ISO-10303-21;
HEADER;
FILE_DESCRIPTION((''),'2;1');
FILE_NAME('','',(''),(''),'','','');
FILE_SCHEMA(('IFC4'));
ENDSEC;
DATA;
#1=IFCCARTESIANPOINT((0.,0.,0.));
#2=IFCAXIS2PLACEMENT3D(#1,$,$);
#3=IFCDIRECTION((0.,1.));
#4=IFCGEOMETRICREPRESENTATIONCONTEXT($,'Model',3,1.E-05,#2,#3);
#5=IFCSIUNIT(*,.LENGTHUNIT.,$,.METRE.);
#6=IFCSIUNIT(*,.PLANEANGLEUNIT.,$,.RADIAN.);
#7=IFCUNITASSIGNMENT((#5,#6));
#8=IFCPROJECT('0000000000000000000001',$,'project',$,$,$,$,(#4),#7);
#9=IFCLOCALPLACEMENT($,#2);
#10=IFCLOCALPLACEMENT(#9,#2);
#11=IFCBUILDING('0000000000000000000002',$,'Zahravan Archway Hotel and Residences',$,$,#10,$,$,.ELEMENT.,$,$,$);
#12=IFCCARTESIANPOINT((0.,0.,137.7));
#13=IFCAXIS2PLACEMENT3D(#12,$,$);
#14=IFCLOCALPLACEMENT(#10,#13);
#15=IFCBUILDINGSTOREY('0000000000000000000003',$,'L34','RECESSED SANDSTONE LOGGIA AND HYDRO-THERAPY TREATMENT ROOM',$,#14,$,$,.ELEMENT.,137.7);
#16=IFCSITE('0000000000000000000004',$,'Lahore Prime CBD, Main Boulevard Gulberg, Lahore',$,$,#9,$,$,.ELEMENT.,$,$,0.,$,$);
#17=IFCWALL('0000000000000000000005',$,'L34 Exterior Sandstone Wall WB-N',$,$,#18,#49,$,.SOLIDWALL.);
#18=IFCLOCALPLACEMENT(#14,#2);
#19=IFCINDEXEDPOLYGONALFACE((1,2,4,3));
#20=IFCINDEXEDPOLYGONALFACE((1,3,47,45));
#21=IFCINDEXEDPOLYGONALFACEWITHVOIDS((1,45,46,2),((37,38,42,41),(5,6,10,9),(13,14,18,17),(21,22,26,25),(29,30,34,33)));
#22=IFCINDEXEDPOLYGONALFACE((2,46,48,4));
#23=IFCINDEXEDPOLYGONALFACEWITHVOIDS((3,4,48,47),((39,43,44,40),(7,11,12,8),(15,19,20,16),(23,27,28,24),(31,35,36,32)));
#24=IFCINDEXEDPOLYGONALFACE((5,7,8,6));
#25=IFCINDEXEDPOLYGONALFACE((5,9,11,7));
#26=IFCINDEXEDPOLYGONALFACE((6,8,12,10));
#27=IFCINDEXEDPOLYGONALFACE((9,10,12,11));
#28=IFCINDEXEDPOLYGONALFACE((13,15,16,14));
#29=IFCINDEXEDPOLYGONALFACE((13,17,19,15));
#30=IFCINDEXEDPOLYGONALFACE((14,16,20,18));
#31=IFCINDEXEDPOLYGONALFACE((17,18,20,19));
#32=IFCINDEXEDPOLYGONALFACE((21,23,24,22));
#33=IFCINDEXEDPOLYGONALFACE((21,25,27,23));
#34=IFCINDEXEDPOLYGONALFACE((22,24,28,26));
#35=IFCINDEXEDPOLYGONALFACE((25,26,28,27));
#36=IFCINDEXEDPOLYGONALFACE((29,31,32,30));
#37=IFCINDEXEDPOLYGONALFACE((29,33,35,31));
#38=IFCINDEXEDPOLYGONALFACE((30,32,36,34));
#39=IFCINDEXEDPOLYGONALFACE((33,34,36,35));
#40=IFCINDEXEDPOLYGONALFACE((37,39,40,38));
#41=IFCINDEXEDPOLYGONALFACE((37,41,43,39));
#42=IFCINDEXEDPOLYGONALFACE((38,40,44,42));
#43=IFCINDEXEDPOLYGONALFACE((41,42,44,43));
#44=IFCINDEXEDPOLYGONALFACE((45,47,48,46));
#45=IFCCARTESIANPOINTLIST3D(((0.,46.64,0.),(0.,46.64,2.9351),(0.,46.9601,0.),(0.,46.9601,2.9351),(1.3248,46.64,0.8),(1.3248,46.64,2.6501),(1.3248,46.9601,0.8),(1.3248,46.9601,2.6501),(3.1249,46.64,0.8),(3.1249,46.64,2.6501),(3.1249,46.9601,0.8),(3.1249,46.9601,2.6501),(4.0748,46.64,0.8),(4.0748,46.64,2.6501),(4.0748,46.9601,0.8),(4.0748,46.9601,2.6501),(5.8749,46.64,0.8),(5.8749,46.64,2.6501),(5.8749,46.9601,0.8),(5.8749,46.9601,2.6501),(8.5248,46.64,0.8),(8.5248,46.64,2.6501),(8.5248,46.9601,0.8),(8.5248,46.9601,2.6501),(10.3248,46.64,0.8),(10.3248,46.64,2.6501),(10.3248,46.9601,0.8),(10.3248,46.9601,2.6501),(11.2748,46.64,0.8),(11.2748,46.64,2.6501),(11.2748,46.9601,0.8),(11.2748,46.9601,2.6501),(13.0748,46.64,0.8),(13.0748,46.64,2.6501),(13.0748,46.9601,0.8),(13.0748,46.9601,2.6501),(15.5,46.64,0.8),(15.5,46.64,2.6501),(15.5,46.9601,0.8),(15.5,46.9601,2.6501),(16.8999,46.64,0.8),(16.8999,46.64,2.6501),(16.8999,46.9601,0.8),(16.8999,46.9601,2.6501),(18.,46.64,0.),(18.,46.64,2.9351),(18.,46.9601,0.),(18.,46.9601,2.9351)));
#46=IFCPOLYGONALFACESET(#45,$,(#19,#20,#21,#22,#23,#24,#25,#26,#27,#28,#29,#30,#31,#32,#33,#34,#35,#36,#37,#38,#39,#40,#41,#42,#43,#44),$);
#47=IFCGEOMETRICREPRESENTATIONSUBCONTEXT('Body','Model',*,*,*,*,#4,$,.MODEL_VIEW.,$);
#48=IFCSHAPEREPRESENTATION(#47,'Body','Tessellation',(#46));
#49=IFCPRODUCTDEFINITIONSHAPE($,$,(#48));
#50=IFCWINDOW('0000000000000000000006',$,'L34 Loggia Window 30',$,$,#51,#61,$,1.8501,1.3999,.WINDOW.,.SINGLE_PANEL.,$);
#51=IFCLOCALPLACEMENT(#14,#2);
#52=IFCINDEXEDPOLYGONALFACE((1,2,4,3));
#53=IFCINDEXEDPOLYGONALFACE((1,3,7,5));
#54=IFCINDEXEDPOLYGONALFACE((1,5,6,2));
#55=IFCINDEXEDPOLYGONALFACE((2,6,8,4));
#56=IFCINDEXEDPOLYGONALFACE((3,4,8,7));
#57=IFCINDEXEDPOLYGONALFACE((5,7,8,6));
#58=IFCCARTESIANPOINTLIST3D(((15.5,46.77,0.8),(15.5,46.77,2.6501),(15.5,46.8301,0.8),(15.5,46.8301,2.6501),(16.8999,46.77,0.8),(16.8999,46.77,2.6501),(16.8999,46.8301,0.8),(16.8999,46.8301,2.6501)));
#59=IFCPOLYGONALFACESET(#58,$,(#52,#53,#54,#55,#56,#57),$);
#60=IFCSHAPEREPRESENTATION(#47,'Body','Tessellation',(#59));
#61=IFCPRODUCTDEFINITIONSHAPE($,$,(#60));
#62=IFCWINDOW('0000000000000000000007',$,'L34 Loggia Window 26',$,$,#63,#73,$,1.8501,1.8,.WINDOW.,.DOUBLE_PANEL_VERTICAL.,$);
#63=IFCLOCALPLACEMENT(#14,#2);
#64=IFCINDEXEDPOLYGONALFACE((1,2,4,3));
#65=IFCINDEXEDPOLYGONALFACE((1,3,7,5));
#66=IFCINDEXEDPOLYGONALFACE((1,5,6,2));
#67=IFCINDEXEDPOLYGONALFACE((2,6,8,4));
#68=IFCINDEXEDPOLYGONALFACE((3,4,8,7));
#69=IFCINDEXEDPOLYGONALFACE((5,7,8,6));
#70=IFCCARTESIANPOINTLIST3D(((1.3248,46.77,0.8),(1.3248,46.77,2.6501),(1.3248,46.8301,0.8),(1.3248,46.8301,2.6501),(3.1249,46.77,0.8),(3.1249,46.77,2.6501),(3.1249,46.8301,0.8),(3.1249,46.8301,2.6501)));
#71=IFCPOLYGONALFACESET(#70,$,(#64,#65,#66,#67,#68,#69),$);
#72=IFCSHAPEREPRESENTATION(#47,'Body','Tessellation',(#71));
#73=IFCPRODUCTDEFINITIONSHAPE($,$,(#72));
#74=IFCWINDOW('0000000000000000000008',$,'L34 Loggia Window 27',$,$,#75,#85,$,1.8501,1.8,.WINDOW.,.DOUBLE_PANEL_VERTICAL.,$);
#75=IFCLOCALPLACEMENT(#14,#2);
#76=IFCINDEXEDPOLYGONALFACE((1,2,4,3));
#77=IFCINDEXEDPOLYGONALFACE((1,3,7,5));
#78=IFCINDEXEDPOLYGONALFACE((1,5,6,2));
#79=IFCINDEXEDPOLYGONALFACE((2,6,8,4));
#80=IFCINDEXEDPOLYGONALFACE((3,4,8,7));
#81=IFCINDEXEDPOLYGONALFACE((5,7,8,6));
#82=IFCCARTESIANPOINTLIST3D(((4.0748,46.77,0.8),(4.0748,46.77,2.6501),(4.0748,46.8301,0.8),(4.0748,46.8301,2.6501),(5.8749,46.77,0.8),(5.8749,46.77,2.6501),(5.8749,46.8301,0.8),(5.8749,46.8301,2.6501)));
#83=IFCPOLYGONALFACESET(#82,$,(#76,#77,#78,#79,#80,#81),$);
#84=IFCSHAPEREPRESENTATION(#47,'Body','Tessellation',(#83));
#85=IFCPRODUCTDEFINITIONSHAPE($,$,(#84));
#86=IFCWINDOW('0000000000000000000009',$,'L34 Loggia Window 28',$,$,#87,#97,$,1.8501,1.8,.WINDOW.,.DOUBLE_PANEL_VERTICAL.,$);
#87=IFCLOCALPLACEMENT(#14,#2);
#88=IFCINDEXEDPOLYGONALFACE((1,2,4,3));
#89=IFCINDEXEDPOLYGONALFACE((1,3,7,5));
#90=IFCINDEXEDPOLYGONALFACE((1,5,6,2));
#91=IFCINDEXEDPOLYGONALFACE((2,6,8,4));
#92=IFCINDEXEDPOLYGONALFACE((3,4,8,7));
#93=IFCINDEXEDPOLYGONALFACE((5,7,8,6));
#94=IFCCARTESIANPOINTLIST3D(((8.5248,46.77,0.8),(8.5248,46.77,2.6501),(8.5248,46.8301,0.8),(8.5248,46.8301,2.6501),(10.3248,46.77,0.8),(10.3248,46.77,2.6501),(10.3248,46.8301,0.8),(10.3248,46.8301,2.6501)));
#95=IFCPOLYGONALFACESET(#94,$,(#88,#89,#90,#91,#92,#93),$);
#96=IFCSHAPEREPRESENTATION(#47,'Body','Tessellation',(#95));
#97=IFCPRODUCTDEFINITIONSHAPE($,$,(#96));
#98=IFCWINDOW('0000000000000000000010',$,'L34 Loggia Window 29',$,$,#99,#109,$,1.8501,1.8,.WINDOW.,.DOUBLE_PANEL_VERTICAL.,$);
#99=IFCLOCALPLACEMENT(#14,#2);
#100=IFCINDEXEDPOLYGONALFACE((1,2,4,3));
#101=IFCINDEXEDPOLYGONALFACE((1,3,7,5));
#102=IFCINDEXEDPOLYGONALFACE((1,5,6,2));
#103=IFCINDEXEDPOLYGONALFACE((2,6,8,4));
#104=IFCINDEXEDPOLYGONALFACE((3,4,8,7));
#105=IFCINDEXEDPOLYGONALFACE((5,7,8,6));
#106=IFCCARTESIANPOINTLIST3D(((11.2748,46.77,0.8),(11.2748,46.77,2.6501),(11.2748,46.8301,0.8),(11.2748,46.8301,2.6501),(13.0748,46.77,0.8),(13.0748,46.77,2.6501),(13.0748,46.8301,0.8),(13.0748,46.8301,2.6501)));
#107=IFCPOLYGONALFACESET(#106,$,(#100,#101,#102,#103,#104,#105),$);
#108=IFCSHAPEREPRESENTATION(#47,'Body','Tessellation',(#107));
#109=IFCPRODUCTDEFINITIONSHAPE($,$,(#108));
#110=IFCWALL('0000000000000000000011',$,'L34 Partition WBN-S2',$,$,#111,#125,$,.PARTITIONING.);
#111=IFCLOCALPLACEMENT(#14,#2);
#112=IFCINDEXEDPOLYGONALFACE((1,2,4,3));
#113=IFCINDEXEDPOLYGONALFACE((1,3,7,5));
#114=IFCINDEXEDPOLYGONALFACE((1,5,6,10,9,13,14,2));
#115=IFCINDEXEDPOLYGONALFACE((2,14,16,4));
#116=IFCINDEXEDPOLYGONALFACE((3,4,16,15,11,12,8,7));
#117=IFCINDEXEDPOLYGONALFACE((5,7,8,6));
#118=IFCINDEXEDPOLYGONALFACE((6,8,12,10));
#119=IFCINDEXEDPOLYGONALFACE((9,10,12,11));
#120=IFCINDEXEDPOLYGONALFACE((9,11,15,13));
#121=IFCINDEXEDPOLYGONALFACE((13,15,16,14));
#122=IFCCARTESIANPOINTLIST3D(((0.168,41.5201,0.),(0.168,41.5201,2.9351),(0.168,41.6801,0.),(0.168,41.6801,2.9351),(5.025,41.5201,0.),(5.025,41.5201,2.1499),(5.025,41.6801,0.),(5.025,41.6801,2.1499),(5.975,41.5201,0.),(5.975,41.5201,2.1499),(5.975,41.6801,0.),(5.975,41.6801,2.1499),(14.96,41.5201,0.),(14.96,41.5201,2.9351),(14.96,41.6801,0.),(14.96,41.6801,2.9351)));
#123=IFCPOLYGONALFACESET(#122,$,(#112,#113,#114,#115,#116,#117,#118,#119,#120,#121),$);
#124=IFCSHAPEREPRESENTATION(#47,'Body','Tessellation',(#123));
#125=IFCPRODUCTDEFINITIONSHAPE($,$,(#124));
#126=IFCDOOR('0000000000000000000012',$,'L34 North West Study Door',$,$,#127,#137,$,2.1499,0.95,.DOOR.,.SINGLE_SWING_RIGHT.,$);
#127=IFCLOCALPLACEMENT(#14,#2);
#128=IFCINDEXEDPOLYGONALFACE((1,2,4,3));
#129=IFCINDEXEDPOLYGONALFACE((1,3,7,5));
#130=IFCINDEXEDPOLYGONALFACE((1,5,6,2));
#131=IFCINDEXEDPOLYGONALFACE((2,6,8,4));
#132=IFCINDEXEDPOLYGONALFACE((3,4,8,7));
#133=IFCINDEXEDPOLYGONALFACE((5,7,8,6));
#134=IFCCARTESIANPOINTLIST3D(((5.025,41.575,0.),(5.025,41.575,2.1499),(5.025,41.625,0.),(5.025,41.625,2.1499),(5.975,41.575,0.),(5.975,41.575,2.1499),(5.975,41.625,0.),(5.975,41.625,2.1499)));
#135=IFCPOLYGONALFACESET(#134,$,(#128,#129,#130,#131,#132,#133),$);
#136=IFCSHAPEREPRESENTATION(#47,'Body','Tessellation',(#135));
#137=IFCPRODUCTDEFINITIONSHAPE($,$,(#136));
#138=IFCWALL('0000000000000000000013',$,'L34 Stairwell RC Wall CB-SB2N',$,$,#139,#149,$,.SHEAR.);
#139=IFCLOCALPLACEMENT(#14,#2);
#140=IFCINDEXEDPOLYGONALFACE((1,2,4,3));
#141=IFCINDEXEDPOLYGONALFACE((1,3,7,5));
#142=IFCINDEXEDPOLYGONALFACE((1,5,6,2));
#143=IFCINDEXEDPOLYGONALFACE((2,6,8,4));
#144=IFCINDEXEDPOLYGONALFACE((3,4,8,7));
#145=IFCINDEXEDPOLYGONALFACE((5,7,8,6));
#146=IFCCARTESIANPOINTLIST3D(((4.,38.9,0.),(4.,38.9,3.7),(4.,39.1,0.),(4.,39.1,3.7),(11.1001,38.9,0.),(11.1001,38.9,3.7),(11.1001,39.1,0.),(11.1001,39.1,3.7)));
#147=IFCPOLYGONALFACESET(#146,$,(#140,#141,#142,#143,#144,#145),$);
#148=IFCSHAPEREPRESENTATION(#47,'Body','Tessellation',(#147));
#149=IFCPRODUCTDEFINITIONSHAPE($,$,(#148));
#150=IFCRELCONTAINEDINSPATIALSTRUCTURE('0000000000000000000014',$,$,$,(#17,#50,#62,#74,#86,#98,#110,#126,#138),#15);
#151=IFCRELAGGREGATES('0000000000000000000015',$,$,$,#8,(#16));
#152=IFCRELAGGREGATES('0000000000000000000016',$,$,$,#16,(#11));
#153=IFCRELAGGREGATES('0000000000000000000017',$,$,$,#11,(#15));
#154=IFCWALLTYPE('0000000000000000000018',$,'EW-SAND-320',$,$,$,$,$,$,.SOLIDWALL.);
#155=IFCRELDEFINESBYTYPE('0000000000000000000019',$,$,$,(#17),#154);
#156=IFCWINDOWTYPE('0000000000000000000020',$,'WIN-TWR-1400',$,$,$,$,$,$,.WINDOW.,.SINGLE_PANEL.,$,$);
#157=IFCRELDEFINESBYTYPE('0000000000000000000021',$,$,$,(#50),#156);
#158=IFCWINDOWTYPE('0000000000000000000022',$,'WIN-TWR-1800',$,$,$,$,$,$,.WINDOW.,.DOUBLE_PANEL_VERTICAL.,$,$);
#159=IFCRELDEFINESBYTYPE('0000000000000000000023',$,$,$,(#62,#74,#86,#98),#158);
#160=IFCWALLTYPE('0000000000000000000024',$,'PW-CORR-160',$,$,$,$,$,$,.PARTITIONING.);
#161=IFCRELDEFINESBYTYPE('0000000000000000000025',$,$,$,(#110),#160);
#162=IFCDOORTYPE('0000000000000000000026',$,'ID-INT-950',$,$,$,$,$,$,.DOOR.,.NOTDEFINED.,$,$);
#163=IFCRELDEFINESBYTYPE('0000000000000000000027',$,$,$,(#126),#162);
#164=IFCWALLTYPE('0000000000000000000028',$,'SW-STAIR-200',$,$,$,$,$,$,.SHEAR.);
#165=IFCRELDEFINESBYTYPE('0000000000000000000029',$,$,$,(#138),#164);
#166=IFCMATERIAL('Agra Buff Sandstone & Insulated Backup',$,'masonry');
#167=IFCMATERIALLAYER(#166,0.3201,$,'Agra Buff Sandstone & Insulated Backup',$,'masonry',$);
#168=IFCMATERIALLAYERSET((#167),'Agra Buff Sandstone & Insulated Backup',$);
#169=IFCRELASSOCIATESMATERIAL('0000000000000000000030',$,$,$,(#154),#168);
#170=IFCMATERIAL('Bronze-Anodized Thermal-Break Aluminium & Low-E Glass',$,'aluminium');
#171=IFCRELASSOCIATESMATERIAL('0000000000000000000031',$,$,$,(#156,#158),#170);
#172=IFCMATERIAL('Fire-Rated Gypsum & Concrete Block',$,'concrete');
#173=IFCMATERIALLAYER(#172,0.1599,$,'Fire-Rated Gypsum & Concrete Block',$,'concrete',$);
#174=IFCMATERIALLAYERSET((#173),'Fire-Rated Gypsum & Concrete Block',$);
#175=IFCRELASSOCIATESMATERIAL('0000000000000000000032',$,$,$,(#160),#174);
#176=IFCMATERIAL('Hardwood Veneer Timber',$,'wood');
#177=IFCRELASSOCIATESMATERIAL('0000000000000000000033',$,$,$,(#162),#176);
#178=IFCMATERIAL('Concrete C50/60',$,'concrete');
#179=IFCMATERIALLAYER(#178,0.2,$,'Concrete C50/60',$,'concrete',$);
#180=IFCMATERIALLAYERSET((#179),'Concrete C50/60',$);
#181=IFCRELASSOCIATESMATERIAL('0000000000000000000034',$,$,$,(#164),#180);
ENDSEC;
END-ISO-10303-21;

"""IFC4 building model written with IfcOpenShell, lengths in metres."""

from ifc_helpers import new_model, si_unit, direction, frame, frame_2d, origin, place, context, subcontext, project, spatial, rectangle, extrude, source, transform, mapped, material, layer, layer_set, type_object, type_shapes, element, fill, save


model = new_model("IFC4")

# Units and contexts
model_context = context("Model", 3, precision=1e-05, world=origin(), true_north=direction((0.0, 1.0)))
body_context = subcontext(model_context, "Body", "Model", "MODEL_VIEW")
ifc_project = project(units=[si_unit("LENGTHUNIT", "METRE"), si_unit("PLANEANGLEUNIT", "RADIAN")], contexts=[model_context])

# Site, building, storey
site_placement = place(None, origin())
site = spatial("IfcSite", under=ifc_project, at=site_placement, Name="Lahore Prime CBD, Main Boulevard Gulberg, Lahore", CompositionType="ELEMENT", RefElevation=0.0)
building_placement = place(site_placement, origin())
building = spatial("IfcBuilding", under=site, at=building_placement, Name="Zahravan Archway Hotel and Residences", CompositionType="ELEMENT")
storey_placement = place(building_placement, frame((0.0, 0.0, 137.7)))
storey = spatial("IfcBuildingStorey", under=building, at=storey_placement, Name="L34", Description="RECESSED SANDSTONE LOGGIA AND HYDRO-THERAPY TREATMENT ROOM", CompositionType="ELEMENT", Elevation=137.7)

# Wall, openings, windows
ifc_material_1 = material(Name="Agra Buff Sandstone & Insulated Backup", Category="masonry")
ifc_layer_1 = layer(ifc_material_1, 0.3201, Name="Agra Buff Sandstone & Insulated Backup", Category="masonry")
ifc_layer_set_1 = layer_set([ifc_layer_1], Name="Agra Buff Sandstone & Insulated Backup")
wall_type_1 = type_object("IfcWallType", Name="EW-SAND-320", PredefinedType="SOLIDWALL", material=ifc_layer_set_1)
wall_1_placement = place(storey_placement, frame((0.0, 46.8, 0.0), z_axis=(0.0, 0.0, 1.0), x_axis=(1.0, 0.0, 0.0)))
wall_1 = element("IfcWall", 1, at=wall_1_placement, inside=storey, type_object=wall_type_1, Name="L34 Exterior Sandstone Wall WB-N", PredefinedType="SOLIDWALL", context=body_context, shape_type="SweptSolid", body=[
    extrude(rectangle(XDim=18.0, YDim=0.3201, at=frame_2d((9.0, 0.0))), origin(), (0.0, 0.0, 1.0), 2.9351),
])
opening_1_placement = place(wall_1_placement, frame((1.325, 0.0, 0.8)))
opening_1 = element("IfcOpeningElement", 2, at=opening_1_placement, cuts=wall_1, PredefinedType="OPENING", context=body_context, shape_type="SweptSolid", body=[
    extrude(rectangle(XDim=1.8, YDim=1.8501, at=frame_2d((0.8999, 0.925))), frame((0.0, 0.1699, 0.0), z_axis=(0.0, -1.0, 0.0), x_axis=(1.0, 0.0, 0.0)), (0.0, 0.0, 1.0), 0.3401),
])
opening_2_placement = place(wall_1_placement, frame((4.075, 0.0, 0.8)))
opening_2 = element("IfcOpeningElement", 3, at=opening_2_placement, cuts=wall_1, PredefinedType="OPENING", context=body_context, shape_type="SweptSolid", body=[
    extrude(rectangle(XDim=1.8, YDim=1.8501, at=frame_2d((0.8999, 0.925))), frame((0.0, 0.1699, 0.0), z_axis=(0.0, -1.0, 0.0), x_axis=(1.0, 0.0, 0.0)), (0.0, 0.0, 1.0), 0.3401),
])
opening_3_placement = place(wall_1_placement, frame((8.5249, 0.0, 0.8)))
opening_3 = element("IfcOpeningElement", 4, at=opening_3_placement, cuts=wall_1, PredefinedType="OPENING", context=body_context, shape_type="SweptSolid", body=[
    extrude(rectangle(XDim=1.8, YDim=1.8501, at=frame_2d((0.8999, 0.925))), frame((0.0, 0.1699, 0.0), z_axis=(0.0, -1.0, 0.0), x_axis=(1.0, 0.0, 0.0)), (0.0, 0.0, 1.0), 0.3401),
])
opening_4_placement = place(wall_1_placement, frame((11.2749, 0.0, 0.8)))
opening_4 = element("IfcOpeningElement", 5, at=opening_4_placement, cuts=wall_1, PredefinedType="OPENING", context=body_context, shape_type="SweptSolid", body=[
    extrude(rectangle(XDim=1.8, YDim=1.8501, at=frame_2d((0.8999, 0.925))), frame((0.0, 0.1699, 0.0), z_axis=(0.0, -1.0, 0.0), x_axis=(1.0, 0.0, 0.0)), (0.0, 0.0, 1.0), 0.3401),
])
opening_5_placement = place(wall_1_placement, frame((15.5, 0.0, 0.8)))
opening_5 = element("IfcOpeningElement", 6, at=opening_5_placement, cuts=wall_1, PredefinedType="OPENING", context=body_context, shape_type="SweptSolid", body=[
    extrude(rectangle(XDim=1.3999, YDim=1.8501, at=frame_2d((0.7, 0.925))), frame((0.0, 0.1699, 0.0), z_axis=(0.0, -1.0, 0.0), x_axis=(1.0, 0.0, 0.0)), (0.0, 0.0, 1.0), 0.3401),
])
ifc_material_2 = material(Name="Bronze-Anodized Thermal-Break Aluminium & Low-E Glass", Category="aluminium")
window_type_1 = type_object("IfcWindowType", Name="WIN-TWR-1400", PartitioningType="SINGLE_PANEL", PredefinedType="WINDOW", material=ifc_material_2)
shared_shape_1 = source(origin(), body_context, "Body", "SweptSolid", [
    extrude(rectangle(XDim=1.3999, YDim=1.8501, at=frame_2d((0.7, 0.925))), frame((0.0, 0.03, 0.0), z_axis=(0.0, -1.0, 0.0), x_axis=(1.0, 0.0, 0.0)), (0.0, 0.0, 1.0), 0.0601),
])
type_shapes(window_type_1, [shared_shape_1])
window_1_placement = place(opening_5_placement, origin())
window_1 = element("IfcWindow", 7, at=window_1_placement, inside=storey, type_object=window_type_1, Name="L34 Loggia Window 30", OverallHeight=1.8501, OverallWidth=1.3999, PartitioningType="SINGLE_PANEL", PredefinedType="WINDOW", context=body_context, shape_type="MappedRepresentation", body=[
    mapped(shared_shape_1, transform((0.0, 0.0, 0.0), scale=1.0)),
])
fill(opening_5, window_1)
window_type_2 = type_object("IfcWindowType", Name="WIN-TWR-1800", PartitioningType="DOUBLE_PANEL_VERTICAL", PredefinedType="WINDOW", material=ifc_material_2)
shared_shape_2 = source(origin(), body_context, "Body", "SweptSolid", [
    extrude(rectangle(XDim=1.8, YDim=1.8501, at=frame_2d((0.8999, 0.925))), frame((0.0, 0.03, 0.0), z_axis=(0.0, -1.0, 0.0), x_axis=(1.0, 0.0, 0.0)), (0.0, 0.0, 1.0), 0.0601),
])
type_shapes(window_type_2, [shared_shape_2])
window_2_placement = place(opening_1_placement, origin())
window_2 = element("IfcWindow", 8, at=window_2_placement, inside=storey, type_object=window_type_2, Name="L34 Loggia Window 26", OverallHeight=1.8501, OverallWidth=1.8, PartitioningType="DOUBLE_PANEL_VERTICAL", PredefinedType="WINDOW", context=body_context, shape_type="MappedRepresentation", body=[
    mapped(shared_shape_2, transform((0.0, 0.0, 0.0), scale=1.0)),
])
fill(opening_1, window_2)
window_3_placement = place(opening_2_placement, origin())
window_3 = element("IfcWindow", 9, at=window_3_placement, inside=storey, type_object=window_type_2, Name="L34 Loggia Window 27", OverallHeight=1.8501, OverallWidth=1.8, PartitioningType="DOUBLE_PANEL_VERTICAL", PredefinedType="WINDOW", context=body_context, shape_type="MappedRepresentation", body=[
    mapped(shared_shape_2, transform((0.0, 0.0, 0.0), scale=1.0)),
])
fill(opening_2, window_3)
window_4_placement = place(opening_3_placement, origin())
window_4 = element("IfcWindow", 10, at=window_4_placement, inside=storey, type_object=window_type_2, Name="L34 Loggia Window 28", OverallHeight=1.8501, OverallWidth=1.8, PartitioningType="DOUBLE_PANEL_VERTICAL", PredefinedType="WINDOW", context=body_context, shape_type="MappedRepresentation", body=[
    mapped(shared_shape_2, transform((0.0, 0.0, 0.0), scale=1.0)),
])
fill(opening_3, window_4)
window_5_placement = place(opening_4_placement, origin())
window_5 = element("IfcWindow", 11, at=window_5_placement, inside=storey, type_object=window_type_2, Name="L34 Loggia Window 29", OverallHeight=1.8501, OverallWidth=1.8, PartitioningType="DOUBLE_PANEL_VERTICAL", PredefinedType="WINDOW", context=body_context, shape_type="MappedRepresentation", body=[
    mapped(shared_shape_2, transform((0.0, 0.0, 0.0), scale=1.0)),
])
fill(opening_4, window_5)

# Wall, opening, door
ifc_material_3 = material(Name="Fire-Rated Gypsum & Concrete Block", Category="concrete")
ifc_layer_2 = layer(ifc_material_3, 0.1599, Name="Fire-Rated Gypsum & Concrete Block", Category="concrete")
ifc_layer_set_2 = layer_set([ifc_layer_2], Name="Fire-Rated Gypsum & Concrete Block")
wall_type_2 = type_object("IfcWallType", Name="PW-CORR-160", PredefinedType="PARTITIONING", material=ifc_layer_set_2)
wall_2_placement = place(storey_placement, frame((0.168, 41.6001, 0.0), z_axis=(0.0, 0.0, 1.0), x_axis=(1.0, 0.0, 0.0)))
wall_2 = element("IfcWall", 12, at=wall_2_placement, inside=storey, type_object=wall_type_2, Name="L34 Partition WBN-S2", PredefinedType="PARTITIONING", context=body_context, shape_type="SweptSolid", body=[
    extrude(rectangle(XDim=14.792, YDim=0.1599, at=frame_2d((7.396, 0.0))), origin(), (0.0, 0.0, 1.0), 2.9351),
])
opening_6_placement = place(wall_2_placement, frame((4.8569, 0.0, 0.0)))
opening_6 = element("IfcOpeningElement", 13, at=opening_6_placement, cuts=wall_2, PredefinedType="OPENING", context=body_context, shape_type="SweptSolid", body=[
    extrude(rectangle(XDim=0.95, YDim=2.1499, at=frame_2d((0.4751, 1.075))), frame((0.0, 0.0898, 0.0), z_axis=(0.0, -1.0, 0.0), x_axis=(1.0, 0.0, 0.0)), (0.0, 0.0, 1.0), 0.1799),
])
ifc_material_4 = material(Name="Hardwood Veneer Timber", Category="wood")
door_type_1 = type_object("IfcDoorType", Name="ID-INT-950", OperationType="NOTDEFINED", PredefinedType="DOOR", material=ifc_material_4)
shared_shape_3 = source(origin(), body_context, "Body", "SweptSolid", [
    extrude(rectangle(XDim=0.95, YDim=2.1499, at=frame_2d((0.4751, 1.075))), frame((0.0, 0.0249, 0.0), z_axis=(0.0, -1.0, 0.0), x_axis=(1.0, 0.0, 0.0)), (0.0, 0.0, 1.0), 0.05),
])
type_shapes(door_type_1, [shared_shape_3])
door_1_placement = place(opening_6_placement, origin())
door_1 = element("IfcDoor", 14, at=door_1_placement, inside=storey, type_object=door_type_1, Name="L34 North West Study Door", OperationType="SINGLE_SWING_RIGHT", OverallHeight=2.1499, OverallWidth=0.95, PredefinedType="DOOR", context=body_context, shape_type="MappedRepresentation", body=[
    mapped(shared_shape_3, transform((0.0, 0.0, 0.0), scale=1.0)),
])
fill(opening_6, door_1)

# Wall
ifc_material_5 = material(Name="Concrete C50/60", Category="concrete")
ifc_layer_3 = layer(ifc_material_5, 0.2, Name="Concrete C50/60", Category="concrete")
ifc_layer_set_3 = layer_set([ifc_layer_3], Name="Concrete C50/60")
wall_type_3 = type_object("IfcWallType", Name="SW-STAIR-200", PredefinedType="SHEAR", material=ifc_layer_set_3)
wall_3_placement = place(storey_placement, frame((4.0, 39.0, 0.0), z_axis=(0.0, 0.0, 1.0), x_axis=(1.0, 0.0, 0.0)))
element("IfcWall", 15, at=wall_3_placement, inside=storey, type_object=wall_type_3, Name="L34 Stairwell RC Wall CB-SB2N", PredefinedType="SHEAR", context=body_context, shape_type="SweptSolid", body=[
    extrude(rectangle(XDim=7.1001, YDim=0.2, at=frame_2d((3.55, 0.0))), origin(), (0.0, 0.0, 1.0), 3.7),
])

save(model, "model.ifc")
